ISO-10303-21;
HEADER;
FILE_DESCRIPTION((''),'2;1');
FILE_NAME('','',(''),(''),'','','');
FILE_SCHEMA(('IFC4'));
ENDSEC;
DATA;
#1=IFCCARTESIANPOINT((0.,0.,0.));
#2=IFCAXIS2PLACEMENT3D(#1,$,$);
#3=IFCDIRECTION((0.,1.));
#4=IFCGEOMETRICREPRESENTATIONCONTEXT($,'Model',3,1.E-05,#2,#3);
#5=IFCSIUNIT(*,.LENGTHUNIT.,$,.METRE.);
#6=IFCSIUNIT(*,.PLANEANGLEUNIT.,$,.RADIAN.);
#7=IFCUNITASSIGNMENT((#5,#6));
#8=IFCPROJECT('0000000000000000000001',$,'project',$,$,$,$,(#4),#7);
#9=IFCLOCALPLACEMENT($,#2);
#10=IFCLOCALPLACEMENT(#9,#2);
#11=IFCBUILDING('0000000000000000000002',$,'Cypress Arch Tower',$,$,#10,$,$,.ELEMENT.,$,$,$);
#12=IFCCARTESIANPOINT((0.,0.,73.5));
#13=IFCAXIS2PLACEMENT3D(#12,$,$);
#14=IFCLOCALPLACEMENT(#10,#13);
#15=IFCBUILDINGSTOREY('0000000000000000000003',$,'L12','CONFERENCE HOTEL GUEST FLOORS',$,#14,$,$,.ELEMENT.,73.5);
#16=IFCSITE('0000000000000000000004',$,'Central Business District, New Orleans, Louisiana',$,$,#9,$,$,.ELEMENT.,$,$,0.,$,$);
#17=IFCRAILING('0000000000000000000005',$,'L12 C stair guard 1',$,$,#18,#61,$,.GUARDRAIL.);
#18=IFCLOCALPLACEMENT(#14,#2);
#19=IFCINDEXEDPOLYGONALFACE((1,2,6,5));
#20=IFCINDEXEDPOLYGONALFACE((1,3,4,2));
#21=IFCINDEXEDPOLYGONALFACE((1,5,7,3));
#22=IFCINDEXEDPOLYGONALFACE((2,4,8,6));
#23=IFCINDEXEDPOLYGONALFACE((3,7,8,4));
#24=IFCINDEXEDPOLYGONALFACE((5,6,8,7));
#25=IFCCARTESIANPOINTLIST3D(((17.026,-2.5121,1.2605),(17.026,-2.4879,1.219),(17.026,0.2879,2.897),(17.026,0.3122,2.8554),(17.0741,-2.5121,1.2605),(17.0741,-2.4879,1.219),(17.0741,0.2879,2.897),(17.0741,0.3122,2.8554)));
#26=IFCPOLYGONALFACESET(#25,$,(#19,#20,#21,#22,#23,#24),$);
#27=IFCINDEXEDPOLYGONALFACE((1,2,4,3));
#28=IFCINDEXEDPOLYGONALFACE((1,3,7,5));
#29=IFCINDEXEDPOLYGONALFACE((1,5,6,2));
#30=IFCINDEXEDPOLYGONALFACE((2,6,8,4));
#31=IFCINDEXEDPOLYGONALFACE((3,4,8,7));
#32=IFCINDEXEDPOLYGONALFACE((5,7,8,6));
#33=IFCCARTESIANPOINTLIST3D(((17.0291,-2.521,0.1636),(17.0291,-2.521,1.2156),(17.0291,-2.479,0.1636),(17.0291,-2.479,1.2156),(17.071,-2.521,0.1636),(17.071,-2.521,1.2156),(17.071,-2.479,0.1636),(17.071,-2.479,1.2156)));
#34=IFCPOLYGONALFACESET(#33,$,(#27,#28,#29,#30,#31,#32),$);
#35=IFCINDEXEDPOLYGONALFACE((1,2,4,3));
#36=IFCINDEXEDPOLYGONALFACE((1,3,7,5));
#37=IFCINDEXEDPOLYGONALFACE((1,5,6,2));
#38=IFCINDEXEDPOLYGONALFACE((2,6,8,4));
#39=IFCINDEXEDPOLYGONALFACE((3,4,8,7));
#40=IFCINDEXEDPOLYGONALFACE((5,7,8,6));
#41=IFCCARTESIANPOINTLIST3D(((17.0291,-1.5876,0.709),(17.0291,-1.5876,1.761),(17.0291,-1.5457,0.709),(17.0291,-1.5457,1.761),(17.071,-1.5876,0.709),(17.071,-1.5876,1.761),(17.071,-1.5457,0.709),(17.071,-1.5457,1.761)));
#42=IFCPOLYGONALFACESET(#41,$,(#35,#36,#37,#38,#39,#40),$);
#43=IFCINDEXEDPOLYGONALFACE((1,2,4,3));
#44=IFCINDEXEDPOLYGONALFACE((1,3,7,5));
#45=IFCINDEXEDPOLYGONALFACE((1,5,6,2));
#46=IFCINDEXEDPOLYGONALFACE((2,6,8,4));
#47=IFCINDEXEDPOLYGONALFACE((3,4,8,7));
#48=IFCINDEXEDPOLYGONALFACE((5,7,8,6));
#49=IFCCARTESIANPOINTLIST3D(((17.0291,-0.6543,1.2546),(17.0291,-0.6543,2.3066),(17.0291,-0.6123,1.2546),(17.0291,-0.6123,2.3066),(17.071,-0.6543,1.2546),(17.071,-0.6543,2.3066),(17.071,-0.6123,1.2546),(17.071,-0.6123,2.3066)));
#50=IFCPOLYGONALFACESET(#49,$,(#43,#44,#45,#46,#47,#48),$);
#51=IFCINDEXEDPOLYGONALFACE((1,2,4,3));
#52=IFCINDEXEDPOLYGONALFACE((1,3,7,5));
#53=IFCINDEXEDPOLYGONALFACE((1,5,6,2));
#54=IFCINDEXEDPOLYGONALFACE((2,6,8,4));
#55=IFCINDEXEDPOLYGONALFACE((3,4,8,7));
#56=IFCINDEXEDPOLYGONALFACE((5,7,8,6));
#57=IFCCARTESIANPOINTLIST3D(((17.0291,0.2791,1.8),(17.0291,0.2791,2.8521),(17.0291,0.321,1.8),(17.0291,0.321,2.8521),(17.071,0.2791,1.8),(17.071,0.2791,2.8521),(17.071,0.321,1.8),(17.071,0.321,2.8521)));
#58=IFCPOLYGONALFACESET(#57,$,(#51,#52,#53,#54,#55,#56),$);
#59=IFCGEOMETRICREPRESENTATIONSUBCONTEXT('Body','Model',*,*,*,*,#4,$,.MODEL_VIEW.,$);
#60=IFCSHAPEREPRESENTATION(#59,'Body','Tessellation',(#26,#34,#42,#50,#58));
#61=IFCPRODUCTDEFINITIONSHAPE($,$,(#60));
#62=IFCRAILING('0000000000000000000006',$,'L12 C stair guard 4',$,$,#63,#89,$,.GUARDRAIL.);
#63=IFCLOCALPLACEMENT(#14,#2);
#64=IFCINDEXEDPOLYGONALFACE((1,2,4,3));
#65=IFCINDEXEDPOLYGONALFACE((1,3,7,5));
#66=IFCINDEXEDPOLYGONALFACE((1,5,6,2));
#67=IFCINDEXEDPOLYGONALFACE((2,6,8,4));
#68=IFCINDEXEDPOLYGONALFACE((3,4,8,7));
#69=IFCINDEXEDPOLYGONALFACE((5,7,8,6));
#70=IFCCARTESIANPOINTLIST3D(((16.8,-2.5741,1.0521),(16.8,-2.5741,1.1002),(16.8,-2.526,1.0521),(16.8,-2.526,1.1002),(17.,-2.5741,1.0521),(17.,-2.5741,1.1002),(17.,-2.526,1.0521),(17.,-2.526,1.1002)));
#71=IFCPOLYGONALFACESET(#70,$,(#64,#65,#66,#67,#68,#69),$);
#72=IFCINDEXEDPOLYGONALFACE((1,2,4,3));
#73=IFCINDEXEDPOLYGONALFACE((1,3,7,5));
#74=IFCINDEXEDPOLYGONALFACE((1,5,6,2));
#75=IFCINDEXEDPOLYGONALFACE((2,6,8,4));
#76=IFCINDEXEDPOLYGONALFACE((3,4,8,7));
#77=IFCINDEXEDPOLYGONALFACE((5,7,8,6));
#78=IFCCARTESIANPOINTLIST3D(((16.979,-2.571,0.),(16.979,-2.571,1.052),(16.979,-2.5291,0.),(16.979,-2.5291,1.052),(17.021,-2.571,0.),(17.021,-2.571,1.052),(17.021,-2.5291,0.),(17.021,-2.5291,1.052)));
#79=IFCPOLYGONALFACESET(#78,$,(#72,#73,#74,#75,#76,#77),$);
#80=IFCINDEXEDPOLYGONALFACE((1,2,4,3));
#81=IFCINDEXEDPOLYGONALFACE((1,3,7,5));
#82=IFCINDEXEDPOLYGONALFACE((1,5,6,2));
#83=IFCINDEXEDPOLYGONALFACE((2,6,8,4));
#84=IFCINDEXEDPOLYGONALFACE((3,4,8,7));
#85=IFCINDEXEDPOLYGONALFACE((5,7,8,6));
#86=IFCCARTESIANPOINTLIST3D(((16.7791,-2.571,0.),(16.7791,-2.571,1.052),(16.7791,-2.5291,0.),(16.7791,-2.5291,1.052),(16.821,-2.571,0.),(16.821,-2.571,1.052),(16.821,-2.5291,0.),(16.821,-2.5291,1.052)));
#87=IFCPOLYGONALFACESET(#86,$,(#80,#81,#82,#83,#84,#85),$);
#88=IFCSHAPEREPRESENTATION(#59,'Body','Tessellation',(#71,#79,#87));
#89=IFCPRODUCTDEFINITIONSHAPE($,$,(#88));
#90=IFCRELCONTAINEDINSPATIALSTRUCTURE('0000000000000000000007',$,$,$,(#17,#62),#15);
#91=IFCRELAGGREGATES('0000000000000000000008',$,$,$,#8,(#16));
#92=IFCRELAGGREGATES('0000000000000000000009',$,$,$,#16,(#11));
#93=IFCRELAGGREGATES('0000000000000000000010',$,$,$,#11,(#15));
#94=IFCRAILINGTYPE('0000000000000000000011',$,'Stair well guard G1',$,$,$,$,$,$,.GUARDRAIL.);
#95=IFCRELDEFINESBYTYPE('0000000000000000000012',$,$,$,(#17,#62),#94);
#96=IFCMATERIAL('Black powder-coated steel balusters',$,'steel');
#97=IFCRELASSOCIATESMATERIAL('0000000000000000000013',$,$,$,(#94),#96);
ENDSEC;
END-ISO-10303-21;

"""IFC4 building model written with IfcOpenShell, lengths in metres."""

from ifc_helpers import new_model, si_unit, direction, frame, origin, origin_2d, place, context, subcontext, project, spatial, rectangle, extrude, material, type_object, element, save


model = new_model("IFC4")

# Units and contexts
model_context = context("Model", 3, precision=1e-05, world=origin(), true_north=direction((0.0, 1.0)))
body_context = subcontext(model_context, "Body", "Model", "MODEL_VIEW")
ifc_project = project(units=[si_unit("LENGTHUNIT", "METRE"), si_unit("PLANEANGLEUNIT", "RADIAN")], contexts=[model_context])

# Site, building, storey
site_placement = place(None, origin())
site = spatial("IfcSite", under=ifc_project, at=site_placement, Name="Central Business District, New Orleans, Louisiana", CompositionType="ELEMENT", RefElevation=0.0)
building_placement = place(site_placement, origin())
building = spatial("IfcBuilding", under=site, at=building_placement, Name="Cypress Arch Tower", CompositionType="ELEMENT")
storey_placement = place(building_placement, frame((0.0, 0.0, 73.5)))
storey = spatial("IfcBuildingStorey", under=building, at=storey_placement, Name="L12", Description="CONFERENCE HOTEL GUEST FLOORS", CompositionType="ELEMENT", Elevation=73.5)

# Railings
ifc_material_1 = material(Name="Black powder-coated steel balusters", Category="steel")
railing_type_1 = type_object("IfcRailingType", Name="Stair well guard G1", PredefinedType="GUARDRAIL", material=ifc_material_1)
railing_1_placement = place(storey_placement, frame((17.05, -2.5, 0.1636)))
element("IfcRailing", 1, at=railing_1_placement, inside=storey, type_object=railing_type_1, Name="L12 C stair guard 1", PredefinedType="GUARDRAIL", context=body_context, shape_type="SweptSolid", body=[
    extrude(rectangle(XDim=0.0481, YDim=0.0481, at=origin_2d()), frame((0.0, 0.0, 1.0762), z_axis=(0.0, 0.863361, 0.504587), x_axis=(-1.0, 0.0, 0.0)), (0.0, 0.0, 1.0), 3.2432),
    extrude(rectangle(XDim=0.042, YDim=0.042, at=origin_2d()), origin(), (0.0, 0.0, 1.0), 1.052),
    extrude(rectangle(XDim=0.042, YDim=0.042, at=origin_2d()), frame((0.0, 0.9333, 0.5454)), (0.0, 0.0, 1.0), 1.052),
    extrude(rectangle(XDim=0.042, YDim=0.042, at=origin_2d()), frame((0.0, 1.8667, 1.0911)), (0.0, 0.0, 1.0), 1.052),
    extrude(rectangle(XDim=0.042, YDim=0.042, at=origin_2d()), frame((0.0, 2.8, 1.6365)), (0.0, 0.0, 1.0), 1.052),
])
railing_2_placement = place(storey_placement, frame((17.0, -2.55, 0.0)))
element("IfcRailing", 2, at=railing_2_placement, inside=storey, type_object=railing_type_1, Name="L12 C stair guard 4", PredefinedType="GUARDRAIL", context=body_context, shape_type="SweptSolid", body=[
    extrude(rectangle(XDim=0.0481, YDim=0.0481, at=origin_2d()), frame((0.0, 0.0, 1.0762), z_axis=(-1.0, 0.0, 0.0), x_axis=(0.0, -1.0, 0.0)), (0.0, 0.0, 1.0), 0.2),
    extrude(rectangle(XDim=0.042, YDim=0.042, at=origin_2d()), origin(), (0.0, 0.0, 1.0), 1.052),
    extrude(rectangle(XDim=0.042, YDim=0.042, at=origin_2d()), frame((-0.2, 0.0, 0.0)), (0.0, 0.0, 1.0), 1.052),
])

save(model, "model.ifc")
